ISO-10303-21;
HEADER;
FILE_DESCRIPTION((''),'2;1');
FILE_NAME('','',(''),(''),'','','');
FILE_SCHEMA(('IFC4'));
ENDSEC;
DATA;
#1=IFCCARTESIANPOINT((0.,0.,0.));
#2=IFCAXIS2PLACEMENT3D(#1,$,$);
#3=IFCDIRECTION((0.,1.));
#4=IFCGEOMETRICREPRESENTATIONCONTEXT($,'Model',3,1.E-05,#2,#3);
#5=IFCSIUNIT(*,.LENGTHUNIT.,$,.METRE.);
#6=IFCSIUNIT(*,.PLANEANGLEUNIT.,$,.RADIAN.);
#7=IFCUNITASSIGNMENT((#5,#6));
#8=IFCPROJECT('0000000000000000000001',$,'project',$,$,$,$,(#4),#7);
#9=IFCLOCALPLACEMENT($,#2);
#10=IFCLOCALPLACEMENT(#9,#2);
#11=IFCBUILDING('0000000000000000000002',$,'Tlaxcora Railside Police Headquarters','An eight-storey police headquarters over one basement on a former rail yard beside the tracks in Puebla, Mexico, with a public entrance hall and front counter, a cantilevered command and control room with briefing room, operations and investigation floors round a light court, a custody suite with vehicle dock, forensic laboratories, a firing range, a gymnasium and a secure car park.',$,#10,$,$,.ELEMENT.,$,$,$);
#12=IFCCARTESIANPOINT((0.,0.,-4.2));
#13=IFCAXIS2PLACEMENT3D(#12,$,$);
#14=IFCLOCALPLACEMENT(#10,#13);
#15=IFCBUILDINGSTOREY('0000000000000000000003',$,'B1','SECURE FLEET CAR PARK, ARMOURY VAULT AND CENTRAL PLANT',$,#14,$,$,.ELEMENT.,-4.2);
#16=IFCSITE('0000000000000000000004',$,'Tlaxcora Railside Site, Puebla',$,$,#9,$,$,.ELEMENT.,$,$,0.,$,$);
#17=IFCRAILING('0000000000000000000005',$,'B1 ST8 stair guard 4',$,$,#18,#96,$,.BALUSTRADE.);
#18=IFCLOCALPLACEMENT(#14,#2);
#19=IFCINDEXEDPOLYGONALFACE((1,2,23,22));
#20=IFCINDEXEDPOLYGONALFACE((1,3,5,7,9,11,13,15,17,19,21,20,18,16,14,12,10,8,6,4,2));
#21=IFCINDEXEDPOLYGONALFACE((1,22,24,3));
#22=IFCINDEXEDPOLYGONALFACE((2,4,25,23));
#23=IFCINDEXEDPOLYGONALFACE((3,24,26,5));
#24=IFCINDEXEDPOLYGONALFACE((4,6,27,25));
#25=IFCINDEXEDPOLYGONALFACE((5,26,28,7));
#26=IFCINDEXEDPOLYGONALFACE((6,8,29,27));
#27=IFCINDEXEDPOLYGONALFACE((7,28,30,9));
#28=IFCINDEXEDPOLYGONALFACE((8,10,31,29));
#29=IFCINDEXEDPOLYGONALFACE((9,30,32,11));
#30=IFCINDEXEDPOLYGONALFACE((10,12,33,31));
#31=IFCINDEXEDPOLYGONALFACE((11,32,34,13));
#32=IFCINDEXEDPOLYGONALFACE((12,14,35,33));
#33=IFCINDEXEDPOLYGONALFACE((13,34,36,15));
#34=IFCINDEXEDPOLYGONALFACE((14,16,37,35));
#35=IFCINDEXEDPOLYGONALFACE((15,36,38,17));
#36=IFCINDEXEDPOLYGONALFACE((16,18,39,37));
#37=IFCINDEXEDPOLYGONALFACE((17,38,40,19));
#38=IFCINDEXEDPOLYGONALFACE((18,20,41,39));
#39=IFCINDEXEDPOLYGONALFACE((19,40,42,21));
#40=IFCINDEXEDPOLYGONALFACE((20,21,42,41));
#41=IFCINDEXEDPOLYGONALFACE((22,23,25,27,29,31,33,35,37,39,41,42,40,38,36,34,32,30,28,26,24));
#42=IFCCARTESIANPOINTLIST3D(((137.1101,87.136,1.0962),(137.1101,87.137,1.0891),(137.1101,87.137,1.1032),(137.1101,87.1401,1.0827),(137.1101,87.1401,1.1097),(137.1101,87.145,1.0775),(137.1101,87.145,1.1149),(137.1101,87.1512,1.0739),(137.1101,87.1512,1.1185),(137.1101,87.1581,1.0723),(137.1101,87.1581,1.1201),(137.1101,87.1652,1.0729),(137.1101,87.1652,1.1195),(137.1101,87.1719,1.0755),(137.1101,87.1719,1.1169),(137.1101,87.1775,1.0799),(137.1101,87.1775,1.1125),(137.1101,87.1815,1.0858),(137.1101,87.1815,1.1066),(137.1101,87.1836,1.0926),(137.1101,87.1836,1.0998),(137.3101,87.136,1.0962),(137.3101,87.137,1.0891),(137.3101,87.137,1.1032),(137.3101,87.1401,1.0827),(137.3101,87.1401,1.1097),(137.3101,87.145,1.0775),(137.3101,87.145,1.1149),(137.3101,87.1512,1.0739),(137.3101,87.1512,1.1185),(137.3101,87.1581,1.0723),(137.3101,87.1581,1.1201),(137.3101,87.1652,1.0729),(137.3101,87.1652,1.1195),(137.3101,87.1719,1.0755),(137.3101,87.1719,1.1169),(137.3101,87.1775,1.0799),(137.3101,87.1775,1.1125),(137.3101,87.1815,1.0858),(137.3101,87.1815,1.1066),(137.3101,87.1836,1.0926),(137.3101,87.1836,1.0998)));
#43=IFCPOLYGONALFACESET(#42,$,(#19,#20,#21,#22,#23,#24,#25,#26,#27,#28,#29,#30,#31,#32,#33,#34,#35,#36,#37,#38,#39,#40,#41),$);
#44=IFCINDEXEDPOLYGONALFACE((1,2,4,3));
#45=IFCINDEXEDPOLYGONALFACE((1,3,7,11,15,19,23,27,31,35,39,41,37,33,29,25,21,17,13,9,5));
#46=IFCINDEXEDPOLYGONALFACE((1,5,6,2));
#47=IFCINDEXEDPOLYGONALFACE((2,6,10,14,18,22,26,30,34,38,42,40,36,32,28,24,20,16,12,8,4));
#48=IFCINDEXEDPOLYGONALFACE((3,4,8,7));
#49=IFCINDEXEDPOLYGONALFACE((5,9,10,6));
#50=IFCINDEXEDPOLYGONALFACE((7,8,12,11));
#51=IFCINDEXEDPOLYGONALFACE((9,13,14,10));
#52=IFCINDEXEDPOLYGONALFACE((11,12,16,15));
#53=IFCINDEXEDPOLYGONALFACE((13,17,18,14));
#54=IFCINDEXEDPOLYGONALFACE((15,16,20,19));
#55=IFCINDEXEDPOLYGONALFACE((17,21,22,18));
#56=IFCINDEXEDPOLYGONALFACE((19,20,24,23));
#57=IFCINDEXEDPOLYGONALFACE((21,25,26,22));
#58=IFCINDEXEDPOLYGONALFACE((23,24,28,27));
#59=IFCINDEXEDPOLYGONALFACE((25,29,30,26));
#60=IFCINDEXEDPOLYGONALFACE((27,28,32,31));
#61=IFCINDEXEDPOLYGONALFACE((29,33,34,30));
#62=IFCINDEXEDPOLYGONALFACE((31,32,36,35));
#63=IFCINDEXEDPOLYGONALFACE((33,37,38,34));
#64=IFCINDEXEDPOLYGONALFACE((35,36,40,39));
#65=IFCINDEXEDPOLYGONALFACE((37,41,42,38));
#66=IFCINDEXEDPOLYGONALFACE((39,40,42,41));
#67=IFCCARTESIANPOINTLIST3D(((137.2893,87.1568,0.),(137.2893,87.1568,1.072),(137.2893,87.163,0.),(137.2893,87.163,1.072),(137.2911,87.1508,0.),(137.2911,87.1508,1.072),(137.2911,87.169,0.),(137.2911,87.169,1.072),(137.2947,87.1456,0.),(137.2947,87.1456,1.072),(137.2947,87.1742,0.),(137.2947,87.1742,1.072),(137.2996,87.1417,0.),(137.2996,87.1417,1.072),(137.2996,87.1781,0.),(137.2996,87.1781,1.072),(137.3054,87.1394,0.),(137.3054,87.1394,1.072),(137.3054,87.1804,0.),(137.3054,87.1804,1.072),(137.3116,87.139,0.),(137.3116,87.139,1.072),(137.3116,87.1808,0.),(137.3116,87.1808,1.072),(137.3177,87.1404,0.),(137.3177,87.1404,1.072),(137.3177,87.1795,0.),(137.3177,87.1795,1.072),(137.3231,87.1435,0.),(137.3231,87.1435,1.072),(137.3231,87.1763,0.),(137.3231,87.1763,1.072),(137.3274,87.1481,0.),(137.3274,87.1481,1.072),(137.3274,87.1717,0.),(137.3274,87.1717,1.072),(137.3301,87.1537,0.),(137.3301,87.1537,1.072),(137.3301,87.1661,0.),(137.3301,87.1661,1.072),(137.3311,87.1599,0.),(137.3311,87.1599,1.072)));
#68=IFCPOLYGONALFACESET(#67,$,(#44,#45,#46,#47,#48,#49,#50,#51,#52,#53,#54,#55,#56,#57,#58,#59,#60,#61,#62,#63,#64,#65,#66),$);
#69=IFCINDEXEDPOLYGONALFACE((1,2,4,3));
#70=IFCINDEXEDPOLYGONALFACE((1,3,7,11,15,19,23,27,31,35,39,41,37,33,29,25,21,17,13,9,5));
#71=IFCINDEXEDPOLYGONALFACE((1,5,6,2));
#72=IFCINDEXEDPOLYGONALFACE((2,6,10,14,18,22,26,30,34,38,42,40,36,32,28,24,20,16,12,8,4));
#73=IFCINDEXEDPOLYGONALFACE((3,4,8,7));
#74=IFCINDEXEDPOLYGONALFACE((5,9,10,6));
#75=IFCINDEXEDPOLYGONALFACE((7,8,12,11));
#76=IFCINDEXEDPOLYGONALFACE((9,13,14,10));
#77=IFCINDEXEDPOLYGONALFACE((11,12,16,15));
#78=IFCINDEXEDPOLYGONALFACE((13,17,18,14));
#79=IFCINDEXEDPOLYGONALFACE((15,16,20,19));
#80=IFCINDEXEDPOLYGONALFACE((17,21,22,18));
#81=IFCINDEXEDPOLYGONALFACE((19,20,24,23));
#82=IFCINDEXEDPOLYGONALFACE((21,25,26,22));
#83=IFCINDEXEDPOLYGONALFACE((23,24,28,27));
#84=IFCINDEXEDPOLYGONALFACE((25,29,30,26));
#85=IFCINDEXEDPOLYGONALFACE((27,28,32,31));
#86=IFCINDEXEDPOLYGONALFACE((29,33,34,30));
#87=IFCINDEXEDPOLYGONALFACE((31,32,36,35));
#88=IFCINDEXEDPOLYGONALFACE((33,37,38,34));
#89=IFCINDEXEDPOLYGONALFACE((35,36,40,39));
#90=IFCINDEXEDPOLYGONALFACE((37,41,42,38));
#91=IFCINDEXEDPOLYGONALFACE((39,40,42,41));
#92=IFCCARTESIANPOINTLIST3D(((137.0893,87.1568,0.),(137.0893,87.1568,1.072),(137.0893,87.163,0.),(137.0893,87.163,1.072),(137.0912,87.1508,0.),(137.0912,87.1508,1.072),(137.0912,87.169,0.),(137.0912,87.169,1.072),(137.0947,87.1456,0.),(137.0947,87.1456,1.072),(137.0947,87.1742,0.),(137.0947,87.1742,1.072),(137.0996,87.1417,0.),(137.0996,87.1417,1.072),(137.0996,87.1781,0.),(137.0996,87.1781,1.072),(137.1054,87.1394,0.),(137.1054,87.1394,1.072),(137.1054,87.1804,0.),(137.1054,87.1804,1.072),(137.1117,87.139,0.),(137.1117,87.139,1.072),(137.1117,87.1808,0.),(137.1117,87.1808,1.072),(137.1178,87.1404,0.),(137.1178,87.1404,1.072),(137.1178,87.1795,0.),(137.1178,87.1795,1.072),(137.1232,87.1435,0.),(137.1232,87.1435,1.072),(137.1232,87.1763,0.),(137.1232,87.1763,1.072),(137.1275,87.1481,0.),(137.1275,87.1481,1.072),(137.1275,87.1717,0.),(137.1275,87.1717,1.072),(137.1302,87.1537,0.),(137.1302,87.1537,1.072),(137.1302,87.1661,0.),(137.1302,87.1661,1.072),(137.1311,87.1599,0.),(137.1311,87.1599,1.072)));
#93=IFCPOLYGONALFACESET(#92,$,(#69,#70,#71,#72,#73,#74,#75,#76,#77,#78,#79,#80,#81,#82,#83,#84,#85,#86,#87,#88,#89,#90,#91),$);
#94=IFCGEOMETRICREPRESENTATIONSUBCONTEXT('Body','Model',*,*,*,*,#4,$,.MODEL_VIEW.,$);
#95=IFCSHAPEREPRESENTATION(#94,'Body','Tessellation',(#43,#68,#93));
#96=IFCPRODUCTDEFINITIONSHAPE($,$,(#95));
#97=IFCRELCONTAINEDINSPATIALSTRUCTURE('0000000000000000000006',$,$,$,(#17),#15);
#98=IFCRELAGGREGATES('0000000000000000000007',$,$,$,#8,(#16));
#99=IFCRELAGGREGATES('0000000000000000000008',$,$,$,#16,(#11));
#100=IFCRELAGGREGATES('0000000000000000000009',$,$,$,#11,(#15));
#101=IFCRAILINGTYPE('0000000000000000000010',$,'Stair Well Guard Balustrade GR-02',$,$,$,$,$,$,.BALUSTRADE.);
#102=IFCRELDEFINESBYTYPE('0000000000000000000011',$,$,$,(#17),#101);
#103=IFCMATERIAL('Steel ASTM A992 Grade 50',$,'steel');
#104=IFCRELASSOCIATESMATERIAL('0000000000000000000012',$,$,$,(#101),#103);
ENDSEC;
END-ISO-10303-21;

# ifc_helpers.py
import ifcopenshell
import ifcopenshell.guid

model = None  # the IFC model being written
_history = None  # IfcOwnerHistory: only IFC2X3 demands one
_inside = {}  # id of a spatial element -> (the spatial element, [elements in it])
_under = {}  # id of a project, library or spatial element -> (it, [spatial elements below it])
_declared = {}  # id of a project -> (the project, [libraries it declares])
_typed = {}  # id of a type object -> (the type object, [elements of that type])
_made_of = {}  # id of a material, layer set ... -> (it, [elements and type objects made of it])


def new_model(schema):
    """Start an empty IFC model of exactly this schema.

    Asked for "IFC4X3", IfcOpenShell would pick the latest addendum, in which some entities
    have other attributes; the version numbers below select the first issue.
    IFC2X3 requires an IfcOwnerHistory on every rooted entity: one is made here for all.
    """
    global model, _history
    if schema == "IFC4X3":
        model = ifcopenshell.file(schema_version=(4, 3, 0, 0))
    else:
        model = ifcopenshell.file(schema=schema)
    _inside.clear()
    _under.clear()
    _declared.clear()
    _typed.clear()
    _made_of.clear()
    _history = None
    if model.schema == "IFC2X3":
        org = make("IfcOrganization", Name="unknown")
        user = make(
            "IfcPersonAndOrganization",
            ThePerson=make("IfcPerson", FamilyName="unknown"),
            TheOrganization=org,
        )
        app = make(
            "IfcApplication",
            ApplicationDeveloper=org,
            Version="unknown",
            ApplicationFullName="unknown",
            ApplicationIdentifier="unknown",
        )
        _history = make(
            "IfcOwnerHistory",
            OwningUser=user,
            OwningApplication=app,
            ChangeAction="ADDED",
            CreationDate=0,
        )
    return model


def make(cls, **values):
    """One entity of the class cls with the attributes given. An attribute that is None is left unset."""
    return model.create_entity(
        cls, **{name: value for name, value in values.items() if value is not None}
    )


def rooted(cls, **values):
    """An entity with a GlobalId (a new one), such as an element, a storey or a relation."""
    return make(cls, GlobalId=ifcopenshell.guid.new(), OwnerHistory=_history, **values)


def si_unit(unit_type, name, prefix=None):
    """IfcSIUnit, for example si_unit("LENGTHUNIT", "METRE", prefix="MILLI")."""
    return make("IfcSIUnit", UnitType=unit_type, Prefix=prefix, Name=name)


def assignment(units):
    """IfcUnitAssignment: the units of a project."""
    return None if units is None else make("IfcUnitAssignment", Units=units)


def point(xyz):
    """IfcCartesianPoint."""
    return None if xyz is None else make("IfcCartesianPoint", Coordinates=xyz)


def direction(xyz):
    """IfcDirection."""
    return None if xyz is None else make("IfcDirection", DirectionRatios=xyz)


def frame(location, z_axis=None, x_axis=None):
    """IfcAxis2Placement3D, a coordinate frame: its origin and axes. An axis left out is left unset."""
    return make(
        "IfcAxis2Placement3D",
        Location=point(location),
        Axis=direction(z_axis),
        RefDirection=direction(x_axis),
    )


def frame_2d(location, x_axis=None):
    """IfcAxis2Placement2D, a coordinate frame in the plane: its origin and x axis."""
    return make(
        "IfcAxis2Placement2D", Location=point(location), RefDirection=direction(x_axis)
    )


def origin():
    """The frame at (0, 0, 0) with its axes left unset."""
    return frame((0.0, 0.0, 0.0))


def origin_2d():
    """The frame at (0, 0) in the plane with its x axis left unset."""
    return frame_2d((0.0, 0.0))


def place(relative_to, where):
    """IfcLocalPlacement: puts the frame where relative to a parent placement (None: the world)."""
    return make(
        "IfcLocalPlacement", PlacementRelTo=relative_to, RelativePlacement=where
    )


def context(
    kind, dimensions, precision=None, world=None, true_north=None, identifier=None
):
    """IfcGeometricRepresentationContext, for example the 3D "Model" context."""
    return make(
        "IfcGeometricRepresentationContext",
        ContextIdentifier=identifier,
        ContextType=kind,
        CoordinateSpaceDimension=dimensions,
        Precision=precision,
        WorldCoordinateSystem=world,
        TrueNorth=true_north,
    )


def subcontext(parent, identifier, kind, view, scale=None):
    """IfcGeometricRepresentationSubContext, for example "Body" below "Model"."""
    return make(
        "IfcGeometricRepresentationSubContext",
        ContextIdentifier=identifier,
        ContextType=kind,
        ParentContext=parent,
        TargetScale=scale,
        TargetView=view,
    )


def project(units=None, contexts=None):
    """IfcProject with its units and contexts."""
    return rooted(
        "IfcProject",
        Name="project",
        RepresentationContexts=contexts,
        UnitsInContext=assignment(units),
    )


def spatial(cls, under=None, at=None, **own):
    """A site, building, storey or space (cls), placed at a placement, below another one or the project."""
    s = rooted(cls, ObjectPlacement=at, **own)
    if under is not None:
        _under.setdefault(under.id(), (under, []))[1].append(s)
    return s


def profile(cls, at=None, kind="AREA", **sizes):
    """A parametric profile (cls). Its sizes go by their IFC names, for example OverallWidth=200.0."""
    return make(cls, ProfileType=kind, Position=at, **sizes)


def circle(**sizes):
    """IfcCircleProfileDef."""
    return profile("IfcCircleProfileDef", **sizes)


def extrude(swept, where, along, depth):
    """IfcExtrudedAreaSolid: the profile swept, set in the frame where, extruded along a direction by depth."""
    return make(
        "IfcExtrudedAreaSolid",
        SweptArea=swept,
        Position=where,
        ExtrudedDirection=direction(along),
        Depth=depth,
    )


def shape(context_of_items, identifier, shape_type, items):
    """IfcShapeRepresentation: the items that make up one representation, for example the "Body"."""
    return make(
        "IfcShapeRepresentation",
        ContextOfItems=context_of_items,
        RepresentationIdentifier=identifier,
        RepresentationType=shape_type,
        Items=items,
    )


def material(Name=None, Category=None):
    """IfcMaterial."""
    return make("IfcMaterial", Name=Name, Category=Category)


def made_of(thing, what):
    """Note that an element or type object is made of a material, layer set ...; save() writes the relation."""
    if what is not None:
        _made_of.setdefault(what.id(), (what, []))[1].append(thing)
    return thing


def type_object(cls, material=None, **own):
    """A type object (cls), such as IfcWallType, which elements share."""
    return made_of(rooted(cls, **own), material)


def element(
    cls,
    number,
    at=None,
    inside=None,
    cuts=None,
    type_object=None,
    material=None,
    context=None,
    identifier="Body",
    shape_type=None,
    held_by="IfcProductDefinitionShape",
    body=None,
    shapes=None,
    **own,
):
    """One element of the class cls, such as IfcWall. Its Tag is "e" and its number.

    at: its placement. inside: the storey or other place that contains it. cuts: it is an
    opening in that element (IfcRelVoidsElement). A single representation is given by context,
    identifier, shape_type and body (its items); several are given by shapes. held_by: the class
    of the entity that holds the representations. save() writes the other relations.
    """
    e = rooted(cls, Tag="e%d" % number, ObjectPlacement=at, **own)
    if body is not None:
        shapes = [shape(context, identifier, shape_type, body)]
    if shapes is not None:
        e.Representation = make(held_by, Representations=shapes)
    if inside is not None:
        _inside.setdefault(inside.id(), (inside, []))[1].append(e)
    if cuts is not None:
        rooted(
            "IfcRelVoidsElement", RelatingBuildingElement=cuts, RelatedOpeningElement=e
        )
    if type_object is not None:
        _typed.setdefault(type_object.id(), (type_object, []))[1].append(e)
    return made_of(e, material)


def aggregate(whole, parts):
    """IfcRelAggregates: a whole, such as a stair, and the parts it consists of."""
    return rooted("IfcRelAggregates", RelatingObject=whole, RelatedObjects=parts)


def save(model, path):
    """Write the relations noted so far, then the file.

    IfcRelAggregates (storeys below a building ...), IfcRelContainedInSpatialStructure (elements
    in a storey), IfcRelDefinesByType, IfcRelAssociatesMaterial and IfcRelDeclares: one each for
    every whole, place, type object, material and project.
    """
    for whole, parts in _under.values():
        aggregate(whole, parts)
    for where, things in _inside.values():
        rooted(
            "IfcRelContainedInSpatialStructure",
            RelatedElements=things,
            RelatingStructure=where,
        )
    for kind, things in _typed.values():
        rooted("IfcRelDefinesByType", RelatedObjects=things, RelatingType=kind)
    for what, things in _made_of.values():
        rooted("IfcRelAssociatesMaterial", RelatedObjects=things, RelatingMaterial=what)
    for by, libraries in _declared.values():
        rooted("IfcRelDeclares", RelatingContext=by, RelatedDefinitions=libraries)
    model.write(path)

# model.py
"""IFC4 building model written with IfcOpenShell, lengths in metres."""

from ifc_helpers import new_model, si_unit, direction, frame, origin, origin_2d, place, context, subcontext, project, spatial, circle, extrude, material, type_object, element, save


model = new_model("IFC4")

# Units and contexts
model_context = context("Model", 3, precision=1e-05, world=origin(), true_north=direction((0.0, 1.0)))
body_context = subcontext(model_context, "Body", "Model", "MODEL_VIEW")
ifc_project = project(units=[si_unit("LENGTHUNIT", "METRE"), si_unit("PLANEANGLEUNIT", "RADIAN")], contexts=[model_context])

# Site, building, storey
site_placement = place(None, origin())
site = spatial("IfcSite", under=ifc_project, at=site_placement, Name="Tlaxcora Railside Site, Puebla", CompositionType="ELEMENT", RefElevation=0.0)
building_placement = place(site_placement, origin())
building = spatial("IfcBuilding", under=site, at=building_placement, Name="Tlaxcora Railside Police Headquarters", Description="An eight-storey police headquarters over one basement on a former rail yard beside the tracks in Puebla, Mexico, with a public entrance hall and front counter, a cantilevered command and control room with briefing room, operations and investigation floors round a light court, a custody suite with vehicle dock, forensic laboratories, a firing range, a gymnasium and a secure car park.", CompositionType="ELEMENT")
storey_placement = place(building_placement, frame((0.0, 0.0, -4.2)))
storey = spatial("IfcBuildingStorey", under=building, at=storey_placement, Name="B1", Description="SECURE FLEET CAR PARK, ARMOURY VAULT AND CENTRAL PLANT", CompositionType="ELEMENT", Elevation=-4.2)

# Shared definitions
ifc_material_1 = material(Name="Steel ASTM A992 Grade 50", Category="steel")

# Railing
railing_type_1 = type_object("IfcRailingType", Name="Stair Well Guard Balustrade GR-02", PredefinedType="BALUSTRADE", material=ifc_material_1)
railing_1_placement = place(storey_placement, frame((137.3101, 87.1599, 0.0)))
element("IfcRailing", 1, at=railing_1_placement, inside=storey, type_object=railing_type_1, Name="B1 ST8 stair guard 4", PredefinedType="BALUSTRADE", context=body_context, shape_type="SweptSolid", body=[
    extrude(circle(Radius=0.0239, at=origin_2d()), frame((0.0, 0.0, 1.0962), z_axis=(-1.0, 0.0, 0.0), x_axis=(0.0, -1.0, 0.0)), (0.0, 0.0, 1.0), 0.2),
    extrude(circle(Radius=0.021, at=origin_2d()), origin(), (0.0, 0.0, 1.0), 1.072),
    extrude(circle(Radius=0.021, at=origin_2d()), frame((-0.2, 0.0, 0.0)), (0.0, 0.0, 1.0), 1.072),
])

save(model, "model.ifc")
